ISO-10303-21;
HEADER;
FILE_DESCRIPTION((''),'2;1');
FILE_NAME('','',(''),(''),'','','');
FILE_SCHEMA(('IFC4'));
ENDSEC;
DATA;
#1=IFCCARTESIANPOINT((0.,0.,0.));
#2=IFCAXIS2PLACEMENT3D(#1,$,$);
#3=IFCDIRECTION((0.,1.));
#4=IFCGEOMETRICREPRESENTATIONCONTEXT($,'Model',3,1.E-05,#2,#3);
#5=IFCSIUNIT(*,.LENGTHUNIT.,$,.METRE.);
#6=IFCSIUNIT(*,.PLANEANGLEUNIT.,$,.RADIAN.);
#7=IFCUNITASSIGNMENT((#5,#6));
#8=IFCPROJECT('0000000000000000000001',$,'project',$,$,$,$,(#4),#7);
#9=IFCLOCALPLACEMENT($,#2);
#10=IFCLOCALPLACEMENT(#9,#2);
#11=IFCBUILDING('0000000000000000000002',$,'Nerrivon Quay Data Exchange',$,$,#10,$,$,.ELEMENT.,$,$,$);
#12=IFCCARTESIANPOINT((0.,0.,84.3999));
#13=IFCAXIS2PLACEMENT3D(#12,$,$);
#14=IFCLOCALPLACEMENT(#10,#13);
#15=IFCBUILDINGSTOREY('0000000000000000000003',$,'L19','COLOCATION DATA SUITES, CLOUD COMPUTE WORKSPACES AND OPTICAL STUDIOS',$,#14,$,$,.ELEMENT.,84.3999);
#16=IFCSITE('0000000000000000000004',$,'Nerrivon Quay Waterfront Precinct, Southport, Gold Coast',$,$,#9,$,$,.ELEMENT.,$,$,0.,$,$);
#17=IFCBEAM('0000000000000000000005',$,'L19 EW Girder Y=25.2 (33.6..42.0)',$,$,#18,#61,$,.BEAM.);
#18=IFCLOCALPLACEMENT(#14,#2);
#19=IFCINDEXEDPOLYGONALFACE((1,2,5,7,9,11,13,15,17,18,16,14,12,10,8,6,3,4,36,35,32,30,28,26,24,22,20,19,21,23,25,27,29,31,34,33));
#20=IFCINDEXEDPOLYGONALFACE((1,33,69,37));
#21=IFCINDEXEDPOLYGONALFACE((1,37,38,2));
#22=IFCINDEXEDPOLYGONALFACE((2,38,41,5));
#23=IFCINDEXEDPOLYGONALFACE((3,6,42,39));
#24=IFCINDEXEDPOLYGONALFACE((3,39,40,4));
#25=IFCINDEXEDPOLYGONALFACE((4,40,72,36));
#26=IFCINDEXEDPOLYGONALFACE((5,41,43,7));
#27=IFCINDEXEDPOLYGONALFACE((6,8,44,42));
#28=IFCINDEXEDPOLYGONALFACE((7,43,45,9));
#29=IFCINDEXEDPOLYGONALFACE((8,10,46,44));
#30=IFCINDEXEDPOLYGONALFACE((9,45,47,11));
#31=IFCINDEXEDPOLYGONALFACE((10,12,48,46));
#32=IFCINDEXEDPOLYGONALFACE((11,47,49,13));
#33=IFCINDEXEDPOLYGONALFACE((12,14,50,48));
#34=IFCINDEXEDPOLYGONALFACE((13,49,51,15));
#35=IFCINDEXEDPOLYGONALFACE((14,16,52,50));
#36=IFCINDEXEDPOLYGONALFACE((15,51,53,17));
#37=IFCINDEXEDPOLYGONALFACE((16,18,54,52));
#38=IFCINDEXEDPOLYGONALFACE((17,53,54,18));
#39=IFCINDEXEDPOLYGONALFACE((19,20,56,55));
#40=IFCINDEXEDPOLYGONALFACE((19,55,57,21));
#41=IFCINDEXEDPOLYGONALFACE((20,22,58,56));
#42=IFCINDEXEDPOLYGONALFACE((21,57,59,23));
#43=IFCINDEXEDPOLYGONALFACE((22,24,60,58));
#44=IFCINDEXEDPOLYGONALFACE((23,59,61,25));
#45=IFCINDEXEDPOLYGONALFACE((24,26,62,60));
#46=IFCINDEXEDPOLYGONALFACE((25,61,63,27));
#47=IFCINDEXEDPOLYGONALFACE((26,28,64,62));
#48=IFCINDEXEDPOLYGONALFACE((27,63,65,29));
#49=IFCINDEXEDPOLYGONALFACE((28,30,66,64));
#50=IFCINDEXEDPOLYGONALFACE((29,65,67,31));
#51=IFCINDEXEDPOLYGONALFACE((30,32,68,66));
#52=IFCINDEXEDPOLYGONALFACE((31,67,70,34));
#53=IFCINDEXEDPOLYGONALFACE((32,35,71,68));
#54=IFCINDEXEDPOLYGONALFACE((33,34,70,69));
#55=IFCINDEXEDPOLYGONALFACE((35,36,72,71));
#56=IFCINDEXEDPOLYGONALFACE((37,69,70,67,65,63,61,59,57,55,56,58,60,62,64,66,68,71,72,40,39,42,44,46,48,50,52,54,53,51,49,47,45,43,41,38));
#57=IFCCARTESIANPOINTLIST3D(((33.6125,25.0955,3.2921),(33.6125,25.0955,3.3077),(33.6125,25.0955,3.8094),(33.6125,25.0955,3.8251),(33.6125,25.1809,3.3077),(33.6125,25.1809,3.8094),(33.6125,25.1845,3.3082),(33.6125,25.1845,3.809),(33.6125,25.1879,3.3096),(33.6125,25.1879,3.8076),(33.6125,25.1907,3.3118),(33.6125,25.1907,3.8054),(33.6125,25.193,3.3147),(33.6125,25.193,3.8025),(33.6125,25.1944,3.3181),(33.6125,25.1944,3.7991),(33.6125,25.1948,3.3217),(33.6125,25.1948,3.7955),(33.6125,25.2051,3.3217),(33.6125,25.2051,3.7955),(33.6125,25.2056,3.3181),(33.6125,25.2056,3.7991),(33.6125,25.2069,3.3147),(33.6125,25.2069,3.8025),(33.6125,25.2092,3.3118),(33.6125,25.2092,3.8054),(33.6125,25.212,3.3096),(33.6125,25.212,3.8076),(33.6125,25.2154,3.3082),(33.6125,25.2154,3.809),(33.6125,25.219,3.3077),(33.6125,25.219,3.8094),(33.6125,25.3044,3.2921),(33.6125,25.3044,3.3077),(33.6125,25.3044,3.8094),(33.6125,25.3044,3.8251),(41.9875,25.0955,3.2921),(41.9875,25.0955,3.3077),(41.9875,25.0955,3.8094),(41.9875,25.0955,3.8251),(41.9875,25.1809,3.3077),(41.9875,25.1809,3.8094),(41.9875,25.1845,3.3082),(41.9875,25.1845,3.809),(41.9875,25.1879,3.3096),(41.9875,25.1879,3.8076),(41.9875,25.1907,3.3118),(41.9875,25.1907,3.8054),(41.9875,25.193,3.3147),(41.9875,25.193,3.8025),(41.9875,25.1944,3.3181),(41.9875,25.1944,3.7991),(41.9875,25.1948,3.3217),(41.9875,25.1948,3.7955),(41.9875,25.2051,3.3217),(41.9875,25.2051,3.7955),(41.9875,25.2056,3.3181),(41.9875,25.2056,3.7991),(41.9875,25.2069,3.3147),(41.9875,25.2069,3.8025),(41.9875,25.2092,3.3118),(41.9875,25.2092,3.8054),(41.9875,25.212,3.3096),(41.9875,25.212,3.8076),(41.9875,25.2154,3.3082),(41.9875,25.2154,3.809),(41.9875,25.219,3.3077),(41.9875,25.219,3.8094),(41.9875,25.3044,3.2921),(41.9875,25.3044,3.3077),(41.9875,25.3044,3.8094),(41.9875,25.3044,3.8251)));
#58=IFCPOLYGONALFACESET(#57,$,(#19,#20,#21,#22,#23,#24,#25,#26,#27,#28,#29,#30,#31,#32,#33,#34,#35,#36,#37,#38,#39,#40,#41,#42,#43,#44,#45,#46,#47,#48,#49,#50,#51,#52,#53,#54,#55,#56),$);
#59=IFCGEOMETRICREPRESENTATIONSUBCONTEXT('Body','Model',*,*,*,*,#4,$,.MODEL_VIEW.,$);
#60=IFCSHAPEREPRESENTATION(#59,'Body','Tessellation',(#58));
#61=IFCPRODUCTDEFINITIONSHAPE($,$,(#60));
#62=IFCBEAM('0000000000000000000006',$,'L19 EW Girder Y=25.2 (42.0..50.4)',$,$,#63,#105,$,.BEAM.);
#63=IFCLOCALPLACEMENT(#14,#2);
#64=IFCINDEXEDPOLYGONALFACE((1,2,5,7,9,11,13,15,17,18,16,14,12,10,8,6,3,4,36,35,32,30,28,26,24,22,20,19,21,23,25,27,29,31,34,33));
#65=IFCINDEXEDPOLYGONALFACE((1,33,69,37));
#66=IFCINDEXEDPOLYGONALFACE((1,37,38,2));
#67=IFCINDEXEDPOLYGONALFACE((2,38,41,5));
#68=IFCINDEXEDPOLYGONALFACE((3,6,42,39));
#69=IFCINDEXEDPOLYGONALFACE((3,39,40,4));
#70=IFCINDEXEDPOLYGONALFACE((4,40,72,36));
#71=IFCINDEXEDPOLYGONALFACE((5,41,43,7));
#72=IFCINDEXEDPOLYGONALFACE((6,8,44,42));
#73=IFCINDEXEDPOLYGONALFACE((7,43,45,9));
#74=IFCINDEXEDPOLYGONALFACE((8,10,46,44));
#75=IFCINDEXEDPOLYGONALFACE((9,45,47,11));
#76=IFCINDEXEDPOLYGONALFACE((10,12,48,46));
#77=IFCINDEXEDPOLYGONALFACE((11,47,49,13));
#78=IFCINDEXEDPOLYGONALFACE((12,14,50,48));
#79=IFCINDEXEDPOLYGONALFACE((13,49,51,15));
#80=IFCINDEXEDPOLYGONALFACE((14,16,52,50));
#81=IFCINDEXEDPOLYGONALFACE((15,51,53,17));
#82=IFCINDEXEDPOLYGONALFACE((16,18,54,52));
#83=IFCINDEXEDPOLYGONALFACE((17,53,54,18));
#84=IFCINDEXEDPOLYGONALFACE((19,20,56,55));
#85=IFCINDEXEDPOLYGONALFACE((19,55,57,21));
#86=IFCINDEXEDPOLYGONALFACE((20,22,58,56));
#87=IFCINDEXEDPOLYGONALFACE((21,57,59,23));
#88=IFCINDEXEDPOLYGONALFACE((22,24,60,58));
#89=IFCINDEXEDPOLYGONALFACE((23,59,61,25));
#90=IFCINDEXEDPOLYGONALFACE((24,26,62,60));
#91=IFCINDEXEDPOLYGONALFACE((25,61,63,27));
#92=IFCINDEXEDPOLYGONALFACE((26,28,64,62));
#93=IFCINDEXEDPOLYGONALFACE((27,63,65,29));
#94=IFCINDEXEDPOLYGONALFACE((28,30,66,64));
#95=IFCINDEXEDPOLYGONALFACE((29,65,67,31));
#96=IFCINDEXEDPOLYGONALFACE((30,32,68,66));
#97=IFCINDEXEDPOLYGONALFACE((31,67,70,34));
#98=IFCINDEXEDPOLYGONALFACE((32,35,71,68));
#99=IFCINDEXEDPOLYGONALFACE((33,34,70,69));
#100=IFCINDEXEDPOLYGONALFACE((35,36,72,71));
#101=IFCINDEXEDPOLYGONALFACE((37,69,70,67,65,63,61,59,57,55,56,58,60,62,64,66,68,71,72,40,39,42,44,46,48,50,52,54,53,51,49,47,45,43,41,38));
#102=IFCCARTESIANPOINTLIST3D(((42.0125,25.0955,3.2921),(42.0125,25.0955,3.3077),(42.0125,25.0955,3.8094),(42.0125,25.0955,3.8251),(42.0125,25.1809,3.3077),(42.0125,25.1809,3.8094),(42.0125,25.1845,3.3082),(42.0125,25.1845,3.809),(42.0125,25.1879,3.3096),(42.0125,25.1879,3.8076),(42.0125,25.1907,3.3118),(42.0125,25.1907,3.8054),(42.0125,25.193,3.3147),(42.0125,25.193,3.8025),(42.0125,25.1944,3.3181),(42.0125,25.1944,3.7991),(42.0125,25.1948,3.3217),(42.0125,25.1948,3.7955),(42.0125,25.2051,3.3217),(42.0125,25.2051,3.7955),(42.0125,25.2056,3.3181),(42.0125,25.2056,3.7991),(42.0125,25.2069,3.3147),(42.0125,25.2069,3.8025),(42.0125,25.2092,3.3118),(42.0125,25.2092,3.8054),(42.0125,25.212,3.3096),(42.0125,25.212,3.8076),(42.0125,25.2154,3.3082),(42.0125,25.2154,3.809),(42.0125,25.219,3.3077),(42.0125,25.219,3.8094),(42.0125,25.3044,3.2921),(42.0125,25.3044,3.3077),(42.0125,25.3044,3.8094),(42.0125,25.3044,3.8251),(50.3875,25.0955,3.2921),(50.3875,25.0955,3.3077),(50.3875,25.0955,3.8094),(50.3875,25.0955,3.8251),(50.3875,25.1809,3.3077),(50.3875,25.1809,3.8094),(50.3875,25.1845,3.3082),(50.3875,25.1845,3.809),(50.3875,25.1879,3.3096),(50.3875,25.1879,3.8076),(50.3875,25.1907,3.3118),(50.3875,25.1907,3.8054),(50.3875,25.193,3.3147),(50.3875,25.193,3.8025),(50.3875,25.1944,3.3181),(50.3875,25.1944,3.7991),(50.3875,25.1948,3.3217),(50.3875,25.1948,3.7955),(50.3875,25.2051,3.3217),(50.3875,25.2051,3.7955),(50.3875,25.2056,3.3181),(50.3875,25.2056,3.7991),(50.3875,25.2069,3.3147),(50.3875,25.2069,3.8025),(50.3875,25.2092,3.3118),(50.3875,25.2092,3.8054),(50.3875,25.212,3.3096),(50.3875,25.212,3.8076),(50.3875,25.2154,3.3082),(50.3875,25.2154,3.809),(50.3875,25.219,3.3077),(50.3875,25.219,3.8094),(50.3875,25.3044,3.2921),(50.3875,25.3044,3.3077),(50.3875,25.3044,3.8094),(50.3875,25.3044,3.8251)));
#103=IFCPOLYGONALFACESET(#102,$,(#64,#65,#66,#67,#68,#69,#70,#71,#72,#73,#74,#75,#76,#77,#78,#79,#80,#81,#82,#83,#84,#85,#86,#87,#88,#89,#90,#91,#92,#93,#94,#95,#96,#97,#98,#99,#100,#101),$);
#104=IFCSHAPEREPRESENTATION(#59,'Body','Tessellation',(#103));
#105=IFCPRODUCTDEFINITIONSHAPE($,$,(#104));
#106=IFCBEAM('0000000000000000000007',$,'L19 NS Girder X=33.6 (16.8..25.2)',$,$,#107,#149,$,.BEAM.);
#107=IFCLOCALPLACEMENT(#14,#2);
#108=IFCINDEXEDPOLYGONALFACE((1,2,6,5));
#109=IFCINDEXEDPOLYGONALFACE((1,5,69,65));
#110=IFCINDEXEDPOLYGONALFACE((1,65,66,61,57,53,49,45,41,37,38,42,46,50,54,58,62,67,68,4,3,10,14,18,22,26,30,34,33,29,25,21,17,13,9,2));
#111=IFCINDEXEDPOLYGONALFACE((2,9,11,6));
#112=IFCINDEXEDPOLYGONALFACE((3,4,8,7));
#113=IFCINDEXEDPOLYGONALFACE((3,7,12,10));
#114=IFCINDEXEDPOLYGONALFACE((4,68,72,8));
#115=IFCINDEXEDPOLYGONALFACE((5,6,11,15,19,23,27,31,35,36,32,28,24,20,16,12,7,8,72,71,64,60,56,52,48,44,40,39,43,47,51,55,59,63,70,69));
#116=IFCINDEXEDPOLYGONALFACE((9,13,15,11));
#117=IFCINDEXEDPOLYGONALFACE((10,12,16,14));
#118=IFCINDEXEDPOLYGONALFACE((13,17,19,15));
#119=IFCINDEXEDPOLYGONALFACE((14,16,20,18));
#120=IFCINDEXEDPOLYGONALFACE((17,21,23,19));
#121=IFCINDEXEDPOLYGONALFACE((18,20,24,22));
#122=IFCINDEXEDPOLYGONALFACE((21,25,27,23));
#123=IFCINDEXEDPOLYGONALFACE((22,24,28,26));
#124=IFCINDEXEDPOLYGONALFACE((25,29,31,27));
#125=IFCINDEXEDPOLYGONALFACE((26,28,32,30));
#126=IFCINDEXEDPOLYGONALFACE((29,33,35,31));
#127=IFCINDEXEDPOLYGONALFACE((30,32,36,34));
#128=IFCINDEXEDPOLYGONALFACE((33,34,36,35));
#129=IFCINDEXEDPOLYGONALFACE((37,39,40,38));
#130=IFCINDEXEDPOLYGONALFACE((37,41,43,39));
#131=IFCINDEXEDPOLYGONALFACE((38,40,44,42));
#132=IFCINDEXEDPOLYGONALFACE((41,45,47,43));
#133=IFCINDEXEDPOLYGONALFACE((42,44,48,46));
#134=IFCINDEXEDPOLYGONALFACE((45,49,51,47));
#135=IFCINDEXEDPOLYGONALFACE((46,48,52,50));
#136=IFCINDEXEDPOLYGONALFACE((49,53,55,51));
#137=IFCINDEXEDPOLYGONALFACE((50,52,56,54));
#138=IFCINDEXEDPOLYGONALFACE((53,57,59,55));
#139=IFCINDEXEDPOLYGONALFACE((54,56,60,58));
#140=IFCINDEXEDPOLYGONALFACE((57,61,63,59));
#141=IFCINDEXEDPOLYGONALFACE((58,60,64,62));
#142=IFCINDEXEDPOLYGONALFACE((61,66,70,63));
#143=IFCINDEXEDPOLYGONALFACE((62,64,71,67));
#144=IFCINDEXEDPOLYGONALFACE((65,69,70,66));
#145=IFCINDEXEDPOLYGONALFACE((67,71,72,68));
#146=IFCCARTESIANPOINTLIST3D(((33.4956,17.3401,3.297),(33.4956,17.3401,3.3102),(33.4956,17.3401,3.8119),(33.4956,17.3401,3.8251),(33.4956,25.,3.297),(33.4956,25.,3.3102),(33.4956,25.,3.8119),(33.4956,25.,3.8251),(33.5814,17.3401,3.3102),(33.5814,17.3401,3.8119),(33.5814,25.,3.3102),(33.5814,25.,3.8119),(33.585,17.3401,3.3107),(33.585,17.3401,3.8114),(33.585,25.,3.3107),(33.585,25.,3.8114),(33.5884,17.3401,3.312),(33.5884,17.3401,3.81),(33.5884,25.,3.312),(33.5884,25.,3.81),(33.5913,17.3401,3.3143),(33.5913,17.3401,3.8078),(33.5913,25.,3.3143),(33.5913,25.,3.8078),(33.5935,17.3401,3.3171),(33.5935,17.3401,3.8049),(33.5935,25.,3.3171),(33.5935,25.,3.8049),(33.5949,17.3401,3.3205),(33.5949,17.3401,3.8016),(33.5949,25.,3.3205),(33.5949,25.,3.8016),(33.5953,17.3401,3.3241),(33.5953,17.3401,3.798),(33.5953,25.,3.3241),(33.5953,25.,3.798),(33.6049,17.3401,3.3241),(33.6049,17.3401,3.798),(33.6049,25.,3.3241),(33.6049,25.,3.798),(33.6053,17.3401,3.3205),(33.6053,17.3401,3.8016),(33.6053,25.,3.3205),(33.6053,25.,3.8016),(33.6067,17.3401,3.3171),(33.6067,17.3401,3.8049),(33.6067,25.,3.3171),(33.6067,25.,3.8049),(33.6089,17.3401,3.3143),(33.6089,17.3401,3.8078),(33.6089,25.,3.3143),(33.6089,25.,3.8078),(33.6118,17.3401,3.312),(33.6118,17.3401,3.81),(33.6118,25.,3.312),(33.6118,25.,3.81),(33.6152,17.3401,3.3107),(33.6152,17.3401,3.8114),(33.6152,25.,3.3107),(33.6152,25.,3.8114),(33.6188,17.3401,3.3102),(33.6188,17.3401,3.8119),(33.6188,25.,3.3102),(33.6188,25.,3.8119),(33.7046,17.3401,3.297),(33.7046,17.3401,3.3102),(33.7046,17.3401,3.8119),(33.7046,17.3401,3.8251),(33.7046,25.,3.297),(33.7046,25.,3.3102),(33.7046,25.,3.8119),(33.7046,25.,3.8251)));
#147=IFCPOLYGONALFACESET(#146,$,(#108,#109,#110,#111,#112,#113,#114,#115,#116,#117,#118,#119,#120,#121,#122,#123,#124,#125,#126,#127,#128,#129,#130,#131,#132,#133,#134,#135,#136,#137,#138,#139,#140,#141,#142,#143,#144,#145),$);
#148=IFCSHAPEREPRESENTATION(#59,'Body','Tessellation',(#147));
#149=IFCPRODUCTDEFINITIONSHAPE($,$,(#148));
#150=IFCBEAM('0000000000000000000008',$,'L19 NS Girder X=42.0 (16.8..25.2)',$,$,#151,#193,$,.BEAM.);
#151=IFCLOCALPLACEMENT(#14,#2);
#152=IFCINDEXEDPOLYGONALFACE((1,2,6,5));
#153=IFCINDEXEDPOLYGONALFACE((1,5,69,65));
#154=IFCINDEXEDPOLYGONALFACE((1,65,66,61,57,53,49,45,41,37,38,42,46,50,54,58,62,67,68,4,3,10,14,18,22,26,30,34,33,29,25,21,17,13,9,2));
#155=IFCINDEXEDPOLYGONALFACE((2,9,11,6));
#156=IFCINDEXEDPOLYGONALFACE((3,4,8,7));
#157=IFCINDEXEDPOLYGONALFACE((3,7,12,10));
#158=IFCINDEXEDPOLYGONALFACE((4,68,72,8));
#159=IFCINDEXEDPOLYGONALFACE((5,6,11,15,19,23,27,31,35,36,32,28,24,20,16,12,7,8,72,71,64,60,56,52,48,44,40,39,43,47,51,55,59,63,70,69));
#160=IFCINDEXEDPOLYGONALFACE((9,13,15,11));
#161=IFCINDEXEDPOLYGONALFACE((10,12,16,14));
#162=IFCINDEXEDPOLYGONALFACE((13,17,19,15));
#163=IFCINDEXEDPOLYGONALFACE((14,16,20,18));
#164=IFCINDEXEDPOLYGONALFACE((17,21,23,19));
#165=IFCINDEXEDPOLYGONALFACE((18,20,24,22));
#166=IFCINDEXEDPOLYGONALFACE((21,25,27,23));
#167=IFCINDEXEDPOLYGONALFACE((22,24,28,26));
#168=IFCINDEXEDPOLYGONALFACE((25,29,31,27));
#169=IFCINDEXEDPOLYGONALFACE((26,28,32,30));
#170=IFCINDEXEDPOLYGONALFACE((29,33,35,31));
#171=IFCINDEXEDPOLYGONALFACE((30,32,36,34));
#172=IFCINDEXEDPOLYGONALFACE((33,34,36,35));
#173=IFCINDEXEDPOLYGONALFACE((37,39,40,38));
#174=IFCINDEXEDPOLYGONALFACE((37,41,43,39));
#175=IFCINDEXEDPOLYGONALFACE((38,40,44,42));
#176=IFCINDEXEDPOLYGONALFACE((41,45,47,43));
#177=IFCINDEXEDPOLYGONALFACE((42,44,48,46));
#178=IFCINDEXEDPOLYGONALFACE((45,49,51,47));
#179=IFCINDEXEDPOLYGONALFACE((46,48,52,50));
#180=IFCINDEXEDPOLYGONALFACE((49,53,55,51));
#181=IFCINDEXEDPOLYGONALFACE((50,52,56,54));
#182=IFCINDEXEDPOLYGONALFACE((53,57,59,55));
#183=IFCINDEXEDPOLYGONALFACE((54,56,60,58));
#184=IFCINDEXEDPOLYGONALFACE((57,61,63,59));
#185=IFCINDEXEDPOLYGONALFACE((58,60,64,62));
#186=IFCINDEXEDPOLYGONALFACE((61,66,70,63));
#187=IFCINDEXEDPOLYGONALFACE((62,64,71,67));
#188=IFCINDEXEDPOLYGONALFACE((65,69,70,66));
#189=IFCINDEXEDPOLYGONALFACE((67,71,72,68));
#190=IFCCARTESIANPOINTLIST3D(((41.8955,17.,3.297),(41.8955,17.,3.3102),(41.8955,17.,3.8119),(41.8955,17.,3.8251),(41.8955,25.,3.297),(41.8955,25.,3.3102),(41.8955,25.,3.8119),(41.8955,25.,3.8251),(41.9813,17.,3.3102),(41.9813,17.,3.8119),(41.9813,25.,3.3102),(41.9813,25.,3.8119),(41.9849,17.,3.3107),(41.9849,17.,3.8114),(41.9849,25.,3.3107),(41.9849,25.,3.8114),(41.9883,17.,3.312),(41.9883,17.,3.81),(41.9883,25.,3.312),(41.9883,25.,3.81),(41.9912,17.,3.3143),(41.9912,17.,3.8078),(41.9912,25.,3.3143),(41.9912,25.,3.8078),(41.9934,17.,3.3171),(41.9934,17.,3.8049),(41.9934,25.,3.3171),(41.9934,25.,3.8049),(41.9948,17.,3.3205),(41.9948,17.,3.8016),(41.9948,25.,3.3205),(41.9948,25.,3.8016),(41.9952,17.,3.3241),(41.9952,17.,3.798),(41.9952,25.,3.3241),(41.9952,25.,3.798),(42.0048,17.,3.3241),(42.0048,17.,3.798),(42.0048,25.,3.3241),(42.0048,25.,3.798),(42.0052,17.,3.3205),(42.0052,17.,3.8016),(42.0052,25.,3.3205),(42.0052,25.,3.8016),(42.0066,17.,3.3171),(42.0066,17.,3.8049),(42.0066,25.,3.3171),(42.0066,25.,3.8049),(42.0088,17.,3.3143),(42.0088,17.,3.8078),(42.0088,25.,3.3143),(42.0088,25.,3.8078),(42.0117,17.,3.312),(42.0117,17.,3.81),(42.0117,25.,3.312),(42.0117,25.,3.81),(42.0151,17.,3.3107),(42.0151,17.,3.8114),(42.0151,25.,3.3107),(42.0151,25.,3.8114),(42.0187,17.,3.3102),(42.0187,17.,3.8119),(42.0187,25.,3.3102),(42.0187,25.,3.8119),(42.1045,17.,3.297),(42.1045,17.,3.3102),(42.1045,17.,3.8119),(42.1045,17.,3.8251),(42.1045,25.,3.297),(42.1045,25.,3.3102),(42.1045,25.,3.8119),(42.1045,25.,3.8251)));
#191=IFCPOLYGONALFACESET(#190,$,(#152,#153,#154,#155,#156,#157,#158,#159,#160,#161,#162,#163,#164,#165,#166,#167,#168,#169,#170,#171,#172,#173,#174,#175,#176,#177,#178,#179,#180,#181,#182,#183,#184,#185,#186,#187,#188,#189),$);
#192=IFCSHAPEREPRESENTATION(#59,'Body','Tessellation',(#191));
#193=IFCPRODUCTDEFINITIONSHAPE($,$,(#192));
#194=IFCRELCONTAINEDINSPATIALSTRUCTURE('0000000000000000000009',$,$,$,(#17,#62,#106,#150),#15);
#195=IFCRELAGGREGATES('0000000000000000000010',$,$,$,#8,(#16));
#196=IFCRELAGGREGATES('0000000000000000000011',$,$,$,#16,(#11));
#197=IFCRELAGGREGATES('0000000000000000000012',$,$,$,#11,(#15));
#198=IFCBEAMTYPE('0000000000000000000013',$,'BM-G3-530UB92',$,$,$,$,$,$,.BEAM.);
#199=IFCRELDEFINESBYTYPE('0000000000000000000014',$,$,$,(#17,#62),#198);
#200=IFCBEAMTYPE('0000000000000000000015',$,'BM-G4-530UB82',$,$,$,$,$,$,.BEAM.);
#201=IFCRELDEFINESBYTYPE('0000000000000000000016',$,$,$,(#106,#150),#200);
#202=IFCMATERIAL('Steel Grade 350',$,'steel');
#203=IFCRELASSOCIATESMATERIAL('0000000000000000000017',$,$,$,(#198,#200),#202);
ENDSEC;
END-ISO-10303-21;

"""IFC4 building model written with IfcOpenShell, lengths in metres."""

from ifc_helpers import new_model, si_unit, direction, frame, origin, origin_2d, place, context, subcontext, project, spatial, i_section, extrude, material, material_profile, profile_set, type_object, element, save


model = new_model("IFC4")

# Units and contexts
model_context = context("Model", 3, precision=1e-05, world=origin(), true_north=direction((0.0, 1.0)))
body_context = subcontext(model_context, "Body", "Model", "MODEL_VIEW")
ifc_project = project(units=[si_unit("LENGTHUNIT", "METRE"), si_unit("PLANEANGLEUNIT", "RADIAN")], contexts=[model_context])

# Site, building, storey
site_placement = place(None, origin())
site = spatial("IfcSite", under=ifc_project, at=site_placement, Name="Nerrivon Quay Waterfront Precinct, Southport, Gold Coast", CompositionType="ELEMENT", RefElevation=0.0)
building_placement = place(site_placement, origin())
building = spatial("IfcBuilding", under=site, at=building_placement, Name="Nerrivon Quay Data Exchange", CompositionType="ELEMENT")
storey_placement = place(building_placement, frame((0.0, 0.0, 84.3999)))
storey = spatial("IfcBuildingStorey", under=building, at=storey_placement, Name="L19", Description="COLOCATION DATA SUITES, CLOUD COMPUTE WORKSPACES AND OPTICAL STUDIOS", CompositionType="ELEMENT", Elevation=84.3999)

# Shared definitions
ifc_material_1 = material(Name="Steel Grade 350", Category="steel")

# Beams
ifc_material_profile_1 = material_profile(ifc_material_1, i_section(OverallWidth=0.209, OverallDepth=0.533, WebThickness=0.0103, FlangeThickness=0.0156, FilletRadius=0.0139, at=origin_2d()), Name="530UB92.4")
ifc_profile_set_1 = profile_set([ifc_material_profile_1], Name="Steel Grade 350")
beam_type_1 = type_object("IfcBeamType", Name="BM-G3-530UB92", PredefinedType="BEAM", material=ifc_profile_set_1)
for number, where, z_axis, x_axis, name in (
    (1, (33.6125, 25.2, 3.5586), (1.0, 0.0, 0.0), (0.0, 1.0, 0.0), "L19 EW Girder Y=25.2 (33.6..42.0)"),
    (2, (42.0125, 25.2, 3.5586), (1.0, 0.0, 0.0), (0.0, 1.0, 0.0), "L19 EW Girder Y=25.2 (42.0..50.4)"),
):
    element("IfcBeam", number, at=place(storey_placement, frame(where, z_axis=z_axis, x_axis=x_axis)), inside=storey, type_object=beam_type_1, Name=name, PredefinedType="BEAM", context=body_context, shape_type="SweptSolid", body=[
        extrude(i_section(OverallWidth=0.209, OverallDepth=0.533, WebThickness=0.0103, FlangeThickness=0.0156, FilletRadius=0.0139, at=origin_2d()), origin(), (0.0, 0.0, 1.0), 8.375),
    ])
ifc_material_profile_2 = material_profile(ifc_material_1, i_section(OverallWidth=0.209, OverallDepth=0.5281, WebThickness=0.0095, FlangeThickness=0.0132, FilletRadius=0.0139, at=origin_2d()), Name="530UB82.0")
ifc_profile_set_2 = profile_set([ifc_material_profile_2], Name="Steel Grade 350")
beam_type_2 = type_object("IfcBeamType", Name="BM-G4-530UB82", PredefinedType="BEAM", material=ifc_profile_set_2)
beam_1_placement = place(storey_placement, frame((33.6001, 17.3401, 3.561), z_axis=(0.0, 1.0, 0.0), x_axis=(-1.0, 0.0, 0.0)))
element("IfcBeam", 3, at=beam_1_placement, inside=storey, type_object=beam_type_2, Name="L19 NS Girder X=33.6 (16.8..25.2)", PredefinedType="BEAM", context=body_context, shape_type="SweptSolid", body=[
    extrude(i_section(OverallWidth=0.209, OverallDepth=0.5281, WebThickness=0.0095, FlangeThickness=0.0132, FilletRadius=0.0139, at=origin_2d()), origin(), (0.0, 0.0, 1.0), 7.6599),
])
beam_2_placement = place(storey_placement, frame((42.0, 17.0, 3.561), z_axis=(0.0, 1.0, 0.0), x_axis=(-1.0, 0.0, 0.0)))
element("IfcBeam", 4, at=beam_2_placement, inside=storey, type_object=beam_type_2, Name="L19 NS Girder X=42.0 (16.8..25.2)", PredefinedType="BEAM", context=body_context, shape_type="SweptSolid", body=[
    extrude(i_section(OverallWidth=0.209, OverallDepth=0.5281, WebThickness=0.0095, FlangeThickness=0.0132, FilletRadius=0.0139, at=origin_2d()), origin(), (0.0, 0.0, 1.0), 8.0),
])

save(model, "model.ifc")
